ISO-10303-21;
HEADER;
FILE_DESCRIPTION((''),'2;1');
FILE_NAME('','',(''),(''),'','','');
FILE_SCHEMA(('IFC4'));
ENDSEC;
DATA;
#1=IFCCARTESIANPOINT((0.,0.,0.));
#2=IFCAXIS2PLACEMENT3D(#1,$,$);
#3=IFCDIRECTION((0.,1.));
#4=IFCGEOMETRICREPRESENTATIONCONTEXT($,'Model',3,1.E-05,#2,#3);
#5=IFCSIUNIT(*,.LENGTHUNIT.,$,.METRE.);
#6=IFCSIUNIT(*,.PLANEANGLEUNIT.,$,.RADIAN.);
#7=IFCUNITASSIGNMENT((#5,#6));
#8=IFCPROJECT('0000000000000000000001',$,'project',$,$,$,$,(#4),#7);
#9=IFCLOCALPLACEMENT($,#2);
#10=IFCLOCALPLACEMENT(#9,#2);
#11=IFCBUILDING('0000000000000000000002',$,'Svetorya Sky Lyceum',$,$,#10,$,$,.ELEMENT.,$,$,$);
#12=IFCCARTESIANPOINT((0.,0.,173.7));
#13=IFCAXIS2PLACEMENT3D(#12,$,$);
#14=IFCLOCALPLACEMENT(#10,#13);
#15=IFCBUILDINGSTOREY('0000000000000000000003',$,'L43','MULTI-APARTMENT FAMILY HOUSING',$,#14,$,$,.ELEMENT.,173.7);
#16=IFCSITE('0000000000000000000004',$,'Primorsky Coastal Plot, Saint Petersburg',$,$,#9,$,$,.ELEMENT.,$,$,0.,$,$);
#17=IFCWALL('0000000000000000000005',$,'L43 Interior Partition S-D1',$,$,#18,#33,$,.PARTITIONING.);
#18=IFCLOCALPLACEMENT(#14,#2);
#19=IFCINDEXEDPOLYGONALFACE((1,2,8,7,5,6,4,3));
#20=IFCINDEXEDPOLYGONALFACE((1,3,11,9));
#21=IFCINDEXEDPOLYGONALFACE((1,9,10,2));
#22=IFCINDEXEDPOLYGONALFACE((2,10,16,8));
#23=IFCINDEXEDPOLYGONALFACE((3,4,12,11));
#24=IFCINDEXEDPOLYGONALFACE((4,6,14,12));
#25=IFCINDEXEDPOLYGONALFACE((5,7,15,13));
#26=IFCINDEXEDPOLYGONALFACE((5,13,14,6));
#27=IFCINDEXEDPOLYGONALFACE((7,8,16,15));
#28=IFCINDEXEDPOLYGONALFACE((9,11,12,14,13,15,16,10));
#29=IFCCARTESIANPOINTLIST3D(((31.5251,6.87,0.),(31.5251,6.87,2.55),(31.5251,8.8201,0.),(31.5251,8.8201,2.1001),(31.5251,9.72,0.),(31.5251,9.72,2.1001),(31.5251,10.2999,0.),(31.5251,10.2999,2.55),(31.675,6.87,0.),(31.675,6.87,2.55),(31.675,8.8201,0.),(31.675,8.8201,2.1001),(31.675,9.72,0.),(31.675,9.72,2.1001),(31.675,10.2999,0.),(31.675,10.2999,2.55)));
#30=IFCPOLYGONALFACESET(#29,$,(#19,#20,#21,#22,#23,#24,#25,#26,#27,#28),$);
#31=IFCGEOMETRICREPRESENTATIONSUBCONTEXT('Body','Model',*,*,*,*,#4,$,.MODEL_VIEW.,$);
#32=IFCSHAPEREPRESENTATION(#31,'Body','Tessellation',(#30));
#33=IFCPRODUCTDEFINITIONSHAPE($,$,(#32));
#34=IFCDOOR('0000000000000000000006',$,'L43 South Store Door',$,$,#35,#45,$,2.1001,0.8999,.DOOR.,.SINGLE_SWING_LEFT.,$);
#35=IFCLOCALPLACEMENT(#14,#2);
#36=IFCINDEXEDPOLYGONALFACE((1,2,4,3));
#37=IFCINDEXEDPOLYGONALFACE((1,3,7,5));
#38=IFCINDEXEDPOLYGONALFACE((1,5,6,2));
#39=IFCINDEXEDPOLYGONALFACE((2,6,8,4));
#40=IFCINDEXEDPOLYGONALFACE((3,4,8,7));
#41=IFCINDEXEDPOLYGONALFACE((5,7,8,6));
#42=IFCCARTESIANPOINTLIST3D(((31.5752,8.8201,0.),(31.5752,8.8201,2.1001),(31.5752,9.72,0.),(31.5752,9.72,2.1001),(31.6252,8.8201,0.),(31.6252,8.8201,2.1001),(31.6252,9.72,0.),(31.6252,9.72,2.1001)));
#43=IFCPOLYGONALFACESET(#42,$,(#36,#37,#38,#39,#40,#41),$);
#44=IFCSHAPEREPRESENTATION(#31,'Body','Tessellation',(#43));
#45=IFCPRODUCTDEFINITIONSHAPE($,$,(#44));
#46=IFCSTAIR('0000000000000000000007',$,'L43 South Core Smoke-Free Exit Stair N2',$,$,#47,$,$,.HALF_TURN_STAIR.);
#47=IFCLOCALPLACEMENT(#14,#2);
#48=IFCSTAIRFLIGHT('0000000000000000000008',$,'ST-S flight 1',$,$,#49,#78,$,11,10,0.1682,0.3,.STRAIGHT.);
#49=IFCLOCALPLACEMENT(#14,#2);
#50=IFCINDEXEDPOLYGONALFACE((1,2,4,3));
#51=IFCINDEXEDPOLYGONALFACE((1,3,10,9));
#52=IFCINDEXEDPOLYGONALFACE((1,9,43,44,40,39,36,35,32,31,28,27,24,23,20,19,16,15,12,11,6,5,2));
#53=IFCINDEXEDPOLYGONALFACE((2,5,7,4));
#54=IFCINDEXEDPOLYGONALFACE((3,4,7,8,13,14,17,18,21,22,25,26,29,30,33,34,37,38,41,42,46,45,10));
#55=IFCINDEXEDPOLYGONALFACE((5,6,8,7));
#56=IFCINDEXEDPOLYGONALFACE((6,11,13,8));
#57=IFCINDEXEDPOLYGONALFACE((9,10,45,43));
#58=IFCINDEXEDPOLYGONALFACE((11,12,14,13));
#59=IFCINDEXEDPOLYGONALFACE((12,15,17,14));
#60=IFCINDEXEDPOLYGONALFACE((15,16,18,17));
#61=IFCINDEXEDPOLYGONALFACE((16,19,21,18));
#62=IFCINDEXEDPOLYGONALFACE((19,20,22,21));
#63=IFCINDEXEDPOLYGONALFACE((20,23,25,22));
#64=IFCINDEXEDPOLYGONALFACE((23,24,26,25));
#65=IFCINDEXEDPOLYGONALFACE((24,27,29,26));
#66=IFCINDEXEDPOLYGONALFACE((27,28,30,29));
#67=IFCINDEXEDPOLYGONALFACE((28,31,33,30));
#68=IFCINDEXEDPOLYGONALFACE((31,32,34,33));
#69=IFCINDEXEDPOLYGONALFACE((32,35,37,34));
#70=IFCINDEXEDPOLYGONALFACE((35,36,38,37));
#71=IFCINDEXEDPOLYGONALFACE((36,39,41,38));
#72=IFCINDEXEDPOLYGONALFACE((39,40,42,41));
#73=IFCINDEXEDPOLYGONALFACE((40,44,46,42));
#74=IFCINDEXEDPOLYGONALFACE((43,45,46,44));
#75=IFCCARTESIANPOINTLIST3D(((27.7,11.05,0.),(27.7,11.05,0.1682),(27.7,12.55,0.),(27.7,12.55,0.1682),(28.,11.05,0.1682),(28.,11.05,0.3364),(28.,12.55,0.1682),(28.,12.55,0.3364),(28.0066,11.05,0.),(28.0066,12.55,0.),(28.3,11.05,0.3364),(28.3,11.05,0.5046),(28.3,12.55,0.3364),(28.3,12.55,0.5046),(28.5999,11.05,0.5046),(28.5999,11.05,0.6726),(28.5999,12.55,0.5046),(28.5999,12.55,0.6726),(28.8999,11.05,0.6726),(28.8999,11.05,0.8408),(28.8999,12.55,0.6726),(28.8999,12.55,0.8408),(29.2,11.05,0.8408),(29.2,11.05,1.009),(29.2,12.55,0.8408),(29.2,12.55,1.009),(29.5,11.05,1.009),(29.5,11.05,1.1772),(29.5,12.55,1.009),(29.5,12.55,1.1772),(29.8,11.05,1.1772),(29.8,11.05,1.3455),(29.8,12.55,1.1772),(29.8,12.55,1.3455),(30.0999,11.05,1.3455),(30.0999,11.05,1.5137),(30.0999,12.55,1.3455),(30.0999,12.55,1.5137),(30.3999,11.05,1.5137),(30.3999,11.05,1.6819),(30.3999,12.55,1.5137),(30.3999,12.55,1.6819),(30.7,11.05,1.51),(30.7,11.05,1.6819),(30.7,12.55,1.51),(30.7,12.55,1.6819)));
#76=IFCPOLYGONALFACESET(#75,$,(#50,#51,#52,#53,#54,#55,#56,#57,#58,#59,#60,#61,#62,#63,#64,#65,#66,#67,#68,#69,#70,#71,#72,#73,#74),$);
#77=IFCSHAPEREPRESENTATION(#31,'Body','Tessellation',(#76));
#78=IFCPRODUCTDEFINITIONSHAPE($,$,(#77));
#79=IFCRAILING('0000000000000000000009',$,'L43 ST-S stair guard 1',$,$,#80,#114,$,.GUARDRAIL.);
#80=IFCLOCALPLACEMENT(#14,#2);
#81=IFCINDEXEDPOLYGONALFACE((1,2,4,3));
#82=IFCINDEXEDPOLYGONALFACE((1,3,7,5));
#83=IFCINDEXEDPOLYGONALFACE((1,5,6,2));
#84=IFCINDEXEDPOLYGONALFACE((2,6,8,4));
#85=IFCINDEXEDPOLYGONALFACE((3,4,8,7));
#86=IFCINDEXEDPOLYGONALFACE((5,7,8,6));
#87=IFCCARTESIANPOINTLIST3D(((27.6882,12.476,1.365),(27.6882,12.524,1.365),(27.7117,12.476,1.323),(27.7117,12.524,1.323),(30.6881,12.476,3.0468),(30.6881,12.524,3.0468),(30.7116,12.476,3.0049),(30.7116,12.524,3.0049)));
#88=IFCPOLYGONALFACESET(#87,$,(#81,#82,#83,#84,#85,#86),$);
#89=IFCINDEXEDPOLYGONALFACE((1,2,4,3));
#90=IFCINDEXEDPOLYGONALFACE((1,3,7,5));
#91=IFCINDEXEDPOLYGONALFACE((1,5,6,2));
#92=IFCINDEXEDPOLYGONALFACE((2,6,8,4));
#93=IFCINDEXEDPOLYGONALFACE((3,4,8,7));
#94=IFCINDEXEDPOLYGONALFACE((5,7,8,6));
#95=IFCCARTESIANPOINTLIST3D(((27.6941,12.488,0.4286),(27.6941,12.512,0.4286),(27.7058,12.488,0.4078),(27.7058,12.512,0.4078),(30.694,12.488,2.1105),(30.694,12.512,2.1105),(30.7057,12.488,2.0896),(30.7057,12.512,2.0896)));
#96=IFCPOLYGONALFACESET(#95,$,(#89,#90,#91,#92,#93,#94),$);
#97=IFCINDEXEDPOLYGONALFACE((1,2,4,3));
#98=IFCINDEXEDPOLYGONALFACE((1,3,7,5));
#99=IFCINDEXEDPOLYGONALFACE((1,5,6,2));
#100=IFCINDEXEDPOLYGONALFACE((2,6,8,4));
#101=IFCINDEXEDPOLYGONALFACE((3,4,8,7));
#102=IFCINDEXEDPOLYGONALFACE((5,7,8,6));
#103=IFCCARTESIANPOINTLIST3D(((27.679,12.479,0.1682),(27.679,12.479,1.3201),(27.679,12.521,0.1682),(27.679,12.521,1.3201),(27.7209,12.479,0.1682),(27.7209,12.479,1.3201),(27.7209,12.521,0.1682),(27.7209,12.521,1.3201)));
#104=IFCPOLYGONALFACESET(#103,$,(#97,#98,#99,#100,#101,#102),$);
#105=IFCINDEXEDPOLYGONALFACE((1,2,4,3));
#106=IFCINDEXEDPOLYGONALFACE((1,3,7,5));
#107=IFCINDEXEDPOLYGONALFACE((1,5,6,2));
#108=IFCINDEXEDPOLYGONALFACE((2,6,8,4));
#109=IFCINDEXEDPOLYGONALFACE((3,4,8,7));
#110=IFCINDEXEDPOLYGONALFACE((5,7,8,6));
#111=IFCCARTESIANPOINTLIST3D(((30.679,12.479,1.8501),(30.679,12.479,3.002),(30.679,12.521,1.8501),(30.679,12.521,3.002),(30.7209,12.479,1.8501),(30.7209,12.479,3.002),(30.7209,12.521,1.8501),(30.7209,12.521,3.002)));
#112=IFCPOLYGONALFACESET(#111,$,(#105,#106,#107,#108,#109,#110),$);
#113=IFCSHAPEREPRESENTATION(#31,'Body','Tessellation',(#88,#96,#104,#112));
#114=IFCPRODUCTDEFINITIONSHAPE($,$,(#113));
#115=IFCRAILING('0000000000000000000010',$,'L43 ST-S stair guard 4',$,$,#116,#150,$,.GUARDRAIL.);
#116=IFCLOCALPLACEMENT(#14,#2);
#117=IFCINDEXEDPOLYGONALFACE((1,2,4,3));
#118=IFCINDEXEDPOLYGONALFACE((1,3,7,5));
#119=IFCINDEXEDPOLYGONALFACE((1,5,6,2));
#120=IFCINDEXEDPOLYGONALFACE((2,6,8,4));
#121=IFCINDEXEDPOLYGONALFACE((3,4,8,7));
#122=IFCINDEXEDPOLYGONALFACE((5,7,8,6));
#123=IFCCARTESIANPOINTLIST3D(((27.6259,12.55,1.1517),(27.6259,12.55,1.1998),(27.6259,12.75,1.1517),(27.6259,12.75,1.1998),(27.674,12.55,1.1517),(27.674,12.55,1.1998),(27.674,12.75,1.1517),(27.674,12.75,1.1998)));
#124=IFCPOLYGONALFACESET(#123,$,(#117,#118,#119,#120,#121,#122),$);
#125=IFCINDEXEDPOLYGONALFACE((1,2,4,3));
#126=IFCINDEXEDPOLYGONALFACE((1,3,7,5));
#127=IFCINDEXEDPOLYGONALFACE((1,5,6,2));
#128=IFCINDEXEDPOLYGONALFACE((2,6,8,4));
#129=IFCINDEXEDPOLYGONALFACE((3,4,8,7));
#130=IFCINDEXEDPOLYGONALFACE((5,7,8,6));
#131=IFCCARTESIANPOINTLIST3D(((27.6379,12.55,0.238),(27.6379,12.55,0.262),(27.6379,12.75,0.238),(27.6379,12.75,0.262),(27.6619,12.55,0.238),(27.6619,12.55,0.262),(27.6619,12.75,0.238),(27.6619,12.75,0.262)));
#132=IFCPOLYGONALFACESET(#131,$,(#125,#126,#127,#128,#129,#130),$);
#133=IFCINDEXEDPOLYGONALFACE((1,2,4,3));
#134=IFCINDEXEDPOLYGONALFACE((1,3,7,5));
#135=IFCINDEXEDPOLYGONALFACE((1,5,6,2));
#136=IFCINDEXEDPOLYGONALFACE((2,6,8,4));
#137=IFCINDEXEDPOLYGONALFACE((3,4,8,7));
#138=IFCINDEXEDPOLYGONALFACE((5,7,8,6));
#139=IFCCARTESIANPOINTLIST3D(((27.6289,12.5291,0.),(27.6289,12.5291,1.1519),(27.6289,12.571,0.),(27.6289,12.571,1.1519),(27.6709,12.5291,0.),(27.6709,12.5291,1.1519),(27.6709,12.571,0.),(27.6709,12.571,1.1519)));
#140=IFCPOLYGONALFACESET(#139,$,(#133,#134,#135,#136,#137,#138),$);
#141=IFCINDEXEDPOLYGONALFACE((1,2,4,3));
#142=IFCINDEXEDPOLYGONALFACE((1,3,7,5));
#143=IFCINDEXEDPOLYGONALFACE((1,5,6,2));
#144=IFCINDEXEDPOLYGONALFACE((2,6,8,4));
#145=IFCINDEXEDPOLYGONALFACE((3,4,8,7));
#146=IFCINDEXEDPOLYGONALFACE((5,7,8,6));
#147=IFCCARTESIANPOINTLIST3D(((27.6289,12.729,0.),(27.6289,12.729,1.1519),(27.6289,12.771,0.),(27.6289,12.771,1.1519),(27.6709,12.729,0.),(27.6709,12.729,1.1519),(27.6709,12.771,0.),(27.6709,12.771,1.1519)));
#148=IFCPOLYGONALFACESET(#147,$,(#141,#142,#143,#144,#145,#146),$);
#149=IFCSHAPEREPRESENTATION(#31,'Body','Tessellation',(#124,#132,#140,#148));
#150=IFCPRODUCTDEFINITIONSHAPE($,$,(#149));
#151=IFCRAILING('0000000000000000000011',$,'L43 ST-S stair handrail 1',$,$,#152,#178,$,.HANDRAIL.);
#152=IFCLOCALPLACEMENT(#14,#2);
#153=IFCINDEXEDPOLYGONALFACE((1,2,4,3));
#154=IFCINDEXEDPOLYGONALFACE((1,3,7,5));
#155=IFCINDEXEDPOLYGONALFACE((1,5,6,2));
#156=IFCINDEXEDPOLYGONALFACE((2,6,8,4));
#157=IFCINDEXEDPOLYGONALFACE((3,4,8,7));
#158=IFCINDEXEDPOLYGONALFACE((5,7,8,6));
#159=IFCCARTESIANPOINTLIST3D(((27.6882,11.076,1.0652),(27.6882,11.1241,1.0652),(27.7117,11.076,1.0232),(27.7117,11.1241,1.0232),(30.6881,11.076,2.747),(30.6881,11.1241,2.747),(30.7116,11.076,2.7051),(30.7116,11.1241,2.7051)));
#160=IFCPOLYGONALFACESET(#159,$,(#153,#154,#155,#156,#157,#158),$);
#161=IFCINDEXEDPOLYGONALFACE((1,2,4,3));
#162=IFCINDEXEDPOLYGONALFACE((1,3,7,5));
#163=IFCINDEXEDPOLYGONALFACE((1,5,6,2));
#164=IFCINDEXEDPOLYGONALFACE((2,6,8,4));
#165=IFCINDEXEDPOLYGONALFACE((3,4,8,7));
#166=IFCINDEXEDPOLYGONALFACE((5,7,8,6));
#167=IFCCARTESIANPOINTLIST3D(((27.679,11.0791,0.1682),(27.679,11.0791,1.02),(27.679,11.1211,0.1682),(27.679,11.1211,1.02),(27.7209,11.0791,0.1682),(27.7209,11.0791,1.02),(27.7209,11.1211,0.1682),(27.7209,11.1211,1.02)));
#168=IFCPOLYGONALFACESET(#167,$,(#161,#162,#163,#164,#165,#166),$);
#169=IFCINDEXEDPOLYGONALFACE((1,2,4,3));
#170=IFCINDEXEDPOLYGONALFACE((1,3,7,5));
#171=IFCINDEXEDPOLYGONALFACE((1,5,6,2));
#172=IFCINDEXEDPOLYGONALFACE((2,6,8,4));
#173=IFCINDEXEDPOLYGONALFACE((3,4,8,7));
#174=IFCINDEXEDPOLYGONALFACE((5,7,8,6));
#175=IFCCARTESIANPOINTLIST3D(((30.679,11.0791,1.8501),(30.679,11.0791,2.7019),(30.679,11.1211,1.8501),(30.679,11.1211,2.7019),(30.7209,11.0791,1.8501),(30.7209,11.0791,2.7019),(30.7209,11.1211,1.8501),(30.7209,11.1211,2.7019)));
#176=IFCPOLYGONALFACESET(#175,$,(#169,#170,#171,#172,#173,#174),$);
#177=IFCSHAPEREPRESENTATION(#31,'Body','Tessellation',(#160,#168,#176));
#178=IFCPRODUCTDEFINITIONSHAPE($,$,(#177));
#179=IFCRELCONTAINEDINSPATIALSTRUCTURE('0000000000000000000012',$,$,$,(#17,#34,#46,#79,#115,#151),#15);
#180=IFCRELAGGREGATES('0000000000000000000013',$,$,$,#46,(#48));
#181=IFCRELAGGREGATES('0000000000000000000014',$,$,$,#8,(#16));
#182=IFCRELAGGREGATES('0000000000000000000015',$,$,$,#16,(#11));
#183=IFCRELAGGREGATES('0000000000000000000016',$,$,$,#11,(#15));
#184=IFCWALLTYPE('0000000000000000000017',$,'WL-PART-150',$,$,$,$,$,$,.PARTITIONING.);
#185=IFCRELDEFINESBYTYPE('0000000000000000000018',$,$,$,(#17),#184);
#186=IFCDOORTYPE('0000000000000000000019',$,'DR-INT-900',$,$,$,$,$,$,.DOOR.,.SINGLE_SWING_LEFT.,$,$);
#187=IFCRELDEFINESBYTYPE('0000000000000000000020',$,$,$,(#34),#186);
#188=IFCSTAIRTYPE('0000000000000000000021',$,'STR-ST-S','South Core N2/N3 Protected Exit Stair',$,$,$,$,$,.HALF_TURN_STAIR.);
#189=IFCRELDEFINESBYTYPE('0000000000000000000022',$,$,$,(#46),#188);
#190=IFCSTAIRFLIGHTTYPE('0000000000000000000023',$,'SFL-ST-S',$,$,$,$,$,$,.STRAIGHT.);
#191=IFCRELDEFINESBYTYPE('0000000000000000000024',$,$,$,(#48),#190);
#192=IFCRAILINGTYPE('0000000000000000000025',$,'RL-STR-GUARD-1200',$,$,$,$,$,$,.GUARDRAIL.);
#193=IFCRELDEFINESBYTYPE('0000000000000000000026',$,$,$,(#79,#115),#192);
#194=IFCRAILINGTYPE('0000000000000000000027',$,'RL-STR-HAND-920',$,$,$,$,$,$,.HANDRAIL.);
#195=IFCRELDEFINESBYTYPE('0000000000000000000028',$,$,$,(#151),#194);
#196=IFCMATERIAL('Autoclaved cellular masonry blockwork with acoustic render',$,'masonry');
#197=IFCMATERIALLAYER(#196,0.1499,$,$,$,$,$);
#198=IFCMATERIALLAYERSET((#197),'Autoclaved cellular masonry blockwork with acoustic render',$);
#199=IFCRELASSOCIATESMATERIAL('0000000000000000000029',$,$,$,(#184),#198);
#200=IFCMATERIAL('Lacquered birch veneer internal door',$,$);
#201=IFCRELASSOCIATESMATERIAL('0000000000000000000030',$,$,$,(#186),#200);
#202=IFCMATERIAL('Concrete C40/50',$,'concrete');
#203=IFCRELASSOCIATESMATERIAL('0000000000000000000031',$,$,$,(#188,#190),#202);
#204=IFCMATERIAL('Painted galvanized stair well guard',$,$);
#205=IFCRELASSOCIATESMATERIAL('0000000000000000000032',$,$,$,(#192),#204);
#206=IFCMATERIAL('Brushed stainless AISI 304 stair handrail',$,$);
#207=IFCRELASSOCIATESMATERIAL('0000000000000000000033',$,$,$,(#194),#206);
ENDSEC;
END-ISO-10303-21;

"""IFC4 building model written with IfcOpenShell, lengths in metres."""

from ifc_helpers import new_model, si_unit, direction, frame, frame_2d, origin, origin_2d, place, context, subcontext, project, spatial, polyline, rectangle, outline, extrude, material, layer, layer_set, type_object, element, fill, aggregate, save


model = new_model("IFC4")

# Units and contexts
model_context = context("Model", 3, precision=1e-05, world=origin(), true_north=direction((0.0, 1.0)))
body_context = subcontext(model_context, "Body", "Model", "MODEL_VIEW")
ifc_project = project(units=[si_unit("LENGTHUNIT", "METRE"), si_unit("PLANEANGLEUNIT", "RADIAN")], contexts=[model_context])

# Site, building, storey
site_placement = place(None, origin())
site = spatial("IfcSite", under=ifc_project, at=site_placement, Name="Primorsky Coastal Plot, Saint Petersburg", CompositionType="ELEMENT", RefElevation=0.0)
building_placement = place(site_placement, origin())
building = spatial("IfcBuilding", under=site, at=building_placement, Name="Svetorya Sky Lyceum", CompositionType="ELEMENT")
storey_placement = place(building_placement, frame((0.0, 0.0, 173.7)))
storey = spatial("IfcBuildingStorey", under=building, at=storey_placement, Name="L43", Description="MULTI-APARTMENT FAMILY HOUSING", CompositionType="ELEMENT", Elevation=173.7)

# Shared definitions
ifc_material_1 = material(Name="Concrete C40/50", Category="concrete")

# Wall, opening, door
ifc_material_2 = material(Name="Autoclaved cellular masonry blockwork with acoustic render", Category="masonry")
ifc_layer_1 = layer(ifc_material_2, 0.1499)
ifc_layer_set_1 = layer_set([ifc_layer_1], Name="Autoclaved cellular masonry blockwork with acoustic render")
wall_type_1 = type_object("IfcWallType", Name="WL-PART-150", PredefinedType="PARTITIONING", material=ifc_layer_set_1)
wall_1_placement = place(storey_placement, frame((31.6001, 6.8701, 0.0), z_axis=(0.0, 0.0, 1.0), x_axis=(0.0, 1.0, 0.0)))
wall_1 = element("IfcWall", 1, at=wall_1_placement, inside=storey, type_object=wall_type_1, Name="L43 Interior Partition S-D1", PredefinedType="PARTITIONING", context=body_context, shape_type="SweptSolid", body=[
    extrude(rectangle(XDim=3.4299, YDim=0.1499, at=frame_2d((1.7148, 0.0))), origin(), (0.0, 0.0, 1.0), 2.55),
])
opening_placement = place(wall_1_placement, frame((1.95, 0.0, 0.0)))
opening = element("IfcOpeningElement", 2, at=opening_placement, cuts=wall_1, PredefinedType="OPENING", context=body_context, shape_type="SweptSolid", body=[
    extrude(rectangle(XDim=0.8999, YDim=2.1001, at=frame_2d((0.45, 1.05))), frame((0.0, 0.085, 0.0), z_axis=(0.0, -1.0, 0.0), x_axis=(1.0, 0.0, 0.0)), (0.0, 0.0, 1.0), 0.1699),
])
ifc_material_3 = material(Name="Lacquered birch veneer internal door")
door_type = type_object("IfcDoorType", Name="DR-INT-900", OperationType="SINGLE_SWING_LEFT", PredefinedType="DOOR", material=ifc_material_3)
door_placement = place(opening_placement, origin())
door = element("IfcDoor", 3, at=door_placement, inside=storey, type_object=door_type, Name="L43 South Store Door", OperationType="SINGLE_SWING_LEFT", OverallHeight=2.1001, OverallWidth=0.8999, PredefinedType="DOOR", context=body_context, shape_type="SweptSolid", body=[
    extrude(rectangle(XDim=0.8999, YDim=2.1001, at=frame_2d((0.45, 1.05))), frame((0.0, 0.0249, 0.0), z_axis=(0.0, -1.0, 0.0), x_axis=(1.0, 0.0, 0.0)), (0.0, 0.0, 1.0), 0.05),
])
fill(opening, door)

# Stair, stair flight
stair_type = type_object("IfcStairType", Name="STR-ST-S", Description="South Core N2/N3 Protected Exit Stair", PredefinedType="HALF_TURN_STAIR", material=ifc_material_1)
stair_placement = place(storey_placement, origin())
stair = element("IfcStair", 4, at=stair_placement, inside=storey, type_object=stair_type, Name="L43 South Core Smoke-Free Exit Stair N2", PredefinedType="HALF_TURN_STAIR")
stair_flight_type = type_object("IfcStairFlightType", Name="SFL-ST-S", PredefinedType="STRAIGHT", material=ifc_material_1)
stair_flight_placement = place(storey_placement, frame((27.7, 11.8, 0.0), z_axis=(0.0, 0.0, 1.0), x_axis=(1.0, 0.0, 0.0)))
stair_flight = element("IfcStairFlight", 5, at=stair_flight_placement, type_object=stair_flight_type, Name="ST-S flight 1", NumberOfRisers=11, NumberOfTreads=10, PredefinedType="STRAIGHT", RiserHeight=0.1682, TreadLength=0.3, context=body_context, shape_type="SweptSolid", body=[
    extrude(outline(polyline([(0.0, 0.0), (0.0, 0.1682), (0.3, 0.1682), (0.3, 0.3364), (0.6001, 0.3364), (0.6001, 0.5046), (0.8999, 0.5046), (0.8999, 0.6726), (1.2, 0.6726), (1.2, 0.8408), (1.5, 0.8408), (1.5, 1.009), (1.8, 1.009), (1.8, 1.1772), (2.1001, 1.1772), (2.1001, 1.3455), (2.3999, 1.3455), (2.3999, 1.5137), (2.7, 1.5137), (2.7, 1.6819), (3.0, 1.6819), (3.0, 1.8501), (3.0, 1.51), (0.3066, 0.0), (0.0, 0.0)])), frame((0.0, 0.75, 0.0), z_axis=(0.0, -1.0, 0.0), x_axis=(1.0, 0.0, 0.0)), (0.0, 0.0, 1.0), 1.5),
])
aggregate(stair, [stair_flight])

# Railings
ifc_material_4 = material(Name="Painted galvanized stair well guard")
railing_type_1 = type_object("IfcRailingType", Name="RL-STR-GUARD-1200", PredefinedType="GUARDRAIL", material=ifc_material_4)
railing_1_placement = place(storey_placement, frame((27.7, 12.5, 0.1682)))
element("IfcRailing", 6, at=railing_1_placement, inside=storey, type_object=railing_type_1, Name="L43 ST-S stair guard 1", PredefinedType="GUARDRAIL", context=body_context, shape_type="SweptSolid", body=[
    extrude(rectangle(XDim=0.0481, YDim=0.0481, at=origin_2d()), frame((0.0, 0.0, 1.1758), z_axis=(0.872272, 0.0, 0.48902), x_axis=(0.0, 1.0, 0.0)), (0.0, 0.0, 1.0), 3.4392),
    extrude(rectangle(XDim=0.0239, YDim=0.0239, at=origin_2d()), frame((0.0, 0.0, 0.25), z_axis=(0.872272, 0.0, 0.48902), x_axis=(0.0, 1.0, 0.0)), (0.0, 0.0, 1.0), 3.4392),
    extrude(rectangle(XDim=0.042, YDim=0.042, at=origin_2d()), origin(), (0.0, 0.0, 1.0), 1.1519),
    extrude(rectangle(XDim=0.042, YDim=0.042, at=origin_2d()), frame((3.0, 0.0, 1.6819)), (0.0, 0.0, 1.0), 1.1519),
])
railing_2_placement = place(storey_placement, frame((27.6499, 12.55, 0.0)))
element("IfcRailing", 7, at=railing_2_placement, inside=storey, type_object=railing_type_1, Name="L43 ST-S stair guard 4", PredefinedType="GUARDRAIL", context=body_context, shape_type="SweptSolid", body=[
    extrude(rectangle(XDim=0.0481, YDim=0.0481, at=origin_2d()), frame((0.0, 0.0, 1.1758), z_axis=(0.0, 1.0, 0.0), x_axis=(-1.0, 0.0, 0.0)), (0.0, 0.0, 1.0), 0.2),
    extrude(rectangle(XDim=0.0239, YDim=0.0239, at=origin_2d()), frame((0.0, 0.0, 0.25), z_axis=(0.0, 1.0, 0.0), x_axis=(-1.0, 0.0, 0.0)), (0.0, 0.0, 1.0), 0.2),
    extrude(rectangle(XDim=0.042, YDim=0.042, at=origin_2d()), origin(), (0.0, 0.0, 1.0), 1.1519),
    extrude(rectangle(XDim=0.042, YDim=0.042, at=origin_2d()), frame((0.0, 0.2, 0.0)), (0.0, 0.0, 1.0), 1.1519),
])
ifc_material_5 = material(Name="Brushed stainless AISI 304 stair handrail")
railing_type_2 = type_object("IfcRailingType", Name="RL-STR-HAND-920", PredefinedType="HANDRAIL", material=ifc_material_5)
railing_3_placement = place(storey_placement, frame((27.7, 11.1001, 0.1682)))
element("IfcRailing", 8, at=railing_3_placement, inside=storey, type_object=railing_type_2, Name="L43 ST-S stair handrail 1", PredefinedType="HANDRAIL", context=body_context, shape_type="SweptSolid", body=[
    extrude(rectangle(XDim=0.0481, YDim=0.0481, at=origin_2d()), frame((0.0, 0.0, 0.876), z_axis=(0.872272, 0.0, 0.48902), x_axis=(0.0, 1.0, 0.0)), (0.0, 0.0, 1.0), 3.4392),
    extrude(rectangle(XDim=0.042, YDim=0.042, at=origin_2d()), origin(), (0.0, 0.0, 1.0), 0.8518),
    extrude(rectangle(XDim=0.042, YDim=0.042, at=origin_2d()), frame((3.0, 0.0, 1.6819)), (0.0, 0.0, 1.0), 0.8518),
])

save(model, "model.ifc")
